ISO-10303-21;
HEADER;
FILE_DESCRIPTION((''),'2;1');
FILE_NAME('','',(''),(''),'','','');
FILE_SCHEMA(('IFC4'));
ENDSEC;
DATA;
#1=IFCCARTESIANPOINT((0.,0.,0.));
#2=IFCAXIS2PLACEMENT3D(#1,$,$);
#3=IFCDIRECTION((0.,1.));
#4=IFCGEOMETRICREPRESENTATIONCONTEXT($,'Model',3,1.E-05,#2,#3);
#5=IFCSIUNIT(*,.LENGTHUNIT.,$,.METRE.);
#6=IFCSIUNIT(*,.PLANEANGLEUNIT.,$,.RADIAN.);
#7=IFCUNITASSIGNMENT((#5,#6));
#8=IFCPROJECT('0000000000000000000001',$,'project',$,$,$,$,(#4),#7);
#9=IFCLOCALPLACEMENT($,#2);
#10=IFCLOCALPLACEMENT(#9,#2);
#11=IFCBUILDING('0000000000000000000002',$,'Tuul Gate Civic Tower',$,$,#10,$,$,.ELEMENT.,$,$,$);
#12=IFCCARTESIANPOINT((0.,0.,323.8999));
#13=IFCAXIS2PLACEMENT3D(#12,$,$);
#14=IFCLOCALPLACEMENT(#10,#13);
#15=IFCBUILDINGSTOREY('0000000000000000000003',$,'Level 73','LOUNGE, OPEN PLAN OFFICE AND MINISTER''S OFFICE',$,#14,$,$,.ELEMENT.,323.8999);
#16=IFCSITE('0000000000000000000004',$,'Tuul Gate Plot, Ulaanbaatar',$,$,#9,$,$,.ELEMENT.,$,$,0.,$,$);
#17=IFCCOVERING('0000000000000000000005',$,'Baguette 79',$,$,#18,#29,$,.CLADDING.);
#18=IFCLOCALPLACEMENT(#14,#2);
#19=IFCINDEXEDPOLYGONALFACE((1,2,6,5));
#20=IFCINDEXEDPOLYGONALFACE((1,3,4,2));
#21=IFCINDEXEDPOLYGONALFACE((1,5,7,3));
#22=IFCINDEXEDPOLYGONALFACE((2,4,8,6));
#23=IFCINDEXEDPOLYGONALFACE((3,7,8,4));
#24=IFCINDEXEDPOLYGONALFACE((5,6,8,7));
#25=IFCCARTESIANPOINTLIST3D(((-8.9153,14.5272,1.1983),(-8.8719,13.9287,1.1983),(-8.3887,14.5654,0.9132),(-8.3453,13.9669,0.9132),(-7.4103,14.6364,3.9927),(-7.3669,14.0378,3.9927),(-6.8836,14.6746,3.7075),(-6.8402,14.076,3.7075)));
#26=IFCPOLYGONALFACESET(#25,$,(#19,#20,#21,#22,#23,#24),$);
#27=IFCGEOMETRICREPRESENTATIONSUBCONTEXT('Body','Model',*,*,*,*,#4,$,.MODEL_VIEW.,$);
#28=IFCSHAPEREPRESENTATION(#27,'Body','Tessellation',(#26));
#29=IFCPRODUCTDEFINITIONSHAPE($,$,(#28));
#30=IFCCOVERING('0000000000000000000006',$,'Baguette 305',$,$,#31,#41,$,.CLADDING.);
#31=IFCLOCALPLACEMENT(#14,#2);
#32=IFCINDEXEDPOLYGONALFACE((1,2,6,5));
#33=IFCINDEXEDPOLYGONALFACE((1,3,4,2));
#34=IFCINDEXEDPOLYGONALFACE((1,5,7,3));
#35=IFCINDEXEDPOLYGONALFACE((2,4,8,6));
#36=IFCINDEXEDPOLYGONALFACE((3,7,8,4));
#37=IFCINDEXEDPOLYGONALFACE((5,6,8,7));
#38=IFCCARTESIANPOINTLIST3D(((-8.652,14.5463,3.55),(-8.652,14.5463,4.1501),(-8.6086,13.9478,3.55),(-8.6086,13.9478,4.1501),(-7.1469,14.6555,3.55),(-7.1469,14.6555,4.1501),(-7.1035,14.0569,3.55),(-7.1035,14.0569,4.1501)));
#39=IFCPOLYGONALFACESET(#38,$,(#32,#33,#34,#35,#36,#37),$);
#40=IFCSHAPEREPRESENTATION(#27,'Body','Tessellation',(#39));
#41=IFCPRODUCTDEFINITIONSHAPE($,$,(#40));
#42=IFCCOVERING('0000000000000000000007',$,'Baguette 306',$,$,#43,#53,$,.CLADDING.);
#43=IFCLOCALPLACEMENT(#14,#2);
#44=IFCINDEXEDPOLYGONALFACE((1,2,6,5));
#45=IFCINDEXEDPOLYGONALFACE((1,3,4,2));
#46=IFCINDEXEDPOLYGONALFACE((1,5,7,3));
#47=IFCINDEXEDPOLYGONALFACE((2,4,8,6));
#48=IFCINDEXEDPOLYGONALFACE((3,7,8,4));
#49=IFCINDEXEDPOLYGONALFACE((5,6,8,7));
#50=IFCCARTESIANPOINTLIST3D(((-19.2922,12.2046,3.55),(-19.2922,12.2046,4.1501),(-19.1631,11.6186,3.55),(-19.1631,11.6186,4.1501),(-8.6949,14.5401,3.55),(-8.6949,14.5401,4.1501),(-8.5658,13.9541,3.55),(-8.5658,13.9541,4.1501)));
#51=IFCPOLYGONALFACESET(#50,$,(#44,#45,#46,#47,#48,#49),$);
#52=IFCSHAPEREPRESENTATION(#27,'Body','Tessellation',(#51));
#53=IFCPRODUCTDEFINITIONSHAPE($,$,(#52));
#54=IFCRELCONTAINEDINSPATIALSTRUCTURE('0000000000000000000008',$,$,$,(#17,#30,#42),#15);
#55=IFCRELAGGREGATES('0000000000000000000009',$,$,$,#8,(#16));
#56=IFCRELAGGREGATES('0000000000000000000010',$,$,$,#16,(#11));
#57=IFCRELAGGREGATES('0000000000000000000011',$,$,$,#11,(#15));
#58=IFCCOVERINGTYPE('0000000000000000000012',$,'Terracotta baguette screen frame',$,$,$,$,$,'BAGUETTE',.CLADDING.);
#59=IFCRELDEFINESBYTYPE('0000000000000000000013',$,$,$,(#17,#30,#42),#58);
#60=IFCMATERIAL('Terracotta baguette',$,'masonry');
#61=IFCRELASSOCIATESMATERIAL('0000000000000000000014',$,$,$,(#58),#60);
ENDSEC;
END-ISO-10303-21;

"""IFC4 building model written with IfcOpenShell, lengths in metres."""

from ifc_helpers import new_model, si_unit, direction, frame, origin, origin_2d, place, context, subcontext, project, spatial, rectangle, extrude, material, material_profile, profile_set, type_object, element, save


model = new_model("IFC4")

# Units and contexts
model_context = context("Model", 3, precision=1e-05, world=origin(), true_north=direction((0.0, 1.0)))
body_context = subcontext(model_context, "Body", "Model", "MODEL_VIEW")
ifc_project = project(units=[si_unit("LENGTHUNIT", "METRE"), si_unit("PLANEANGLEUNIT", "RADIAN")], contexts=[model_context])

# Site, building, storey
site_placement = place(None, origin())
site = spatial("IfcSite", under=ifc_project, at=site_placement, Name="Tuul Gate Plot, Ulaanbaatar", CompositionType="ELEMENT", RefElevation=0.0)
building_placement = place(site_placement, origin())
building = spatial("IfcBuilding", under=site, at=building_placement, Name="Tuul Gate Civic Tower", CompositionType="ELEMENT")
storey_placement = place(building_placement, frame((0.0, 0.0, 323.8999)))
storey = spatial("IfcBuildingStorey", under=building, at=storey_placement, Name="Level 73", Description="LOUNGE, OPEN PLAN OFFICE AND MINISTER'S OFFICE", CompositionType="ELEMENT", Elevation=323.8999)

# Coverings
ifc_material_1 = material(Name="Terracotta baguette", Category="masonry")
ifc_material_profile_1 = material_profile(ifc_material_1, rectangle(XDim=0.6001, YDim=0.6001, at=origin_2d()), Name="Terracotta baguette screen frame")
ifc_profile_set_1 = profile_set([ifc_material_profile_1], Name="Terracotta baguette")
covering_type = type_object("IfcCoveringType", Name="Terracotta baguette screen frame", ElementType="BAGUETTE", PredefinedType="CLADDING", material=ifc_profile_set_1)
covering_1_placement = place(storey_placement, frame((-7.1252, 14.3562, 3.8501), z_axis=(-0.473925, -0.034362, -0.879894), x_axis=(0.072316, -0.997382, 0.0)))
element("IfcCovering", 1, at=covering_1_placement, inside=storey, type_object=covering_type, Name="Baguette 79", PredefinedType="CLADDING", context=body_context, shape_type="SweptSolid", body=[
    extrude(rectangle(XDim=0.6001, YDim=0.6001, at=origin_2d()), origin(), (0.0, 0.0, 1.0), 3.1758),
])
covering_2_placement = place(storey_placement, frame((-7.1252, 14.3562, 3.8501), z_axis=(-0.997382, -0.072316, 0.0), x_axis=(0.072316, -0.997382, 0.0)))
element("IfcCovering", 2, at=covering_2_placement, inside=storey, type_object=covering_type, Name="Baguette 305", PredefinedType="CLADDING", context=body_context, shape_type="SweptSolid", body=[
    extrude(rectangle(XDim=0.6001, YDim=0.6001, at=origin_2d()), origin(), (0.0, 0.0, 1.0), 1.509),
])
covering_3_placement = place(storey_placement, frame((-8.6304, 14.2471, 3.8501), z_axis=(-0.976566, -0.21522, 0.0), x_axis=(0.21522, -0.976566, 0.0)))
element("IfcCovering", 3, at=covering_3_placement, inside=storey, type_object=covering_type, Name="Baguette 306", PredefinedType="CLADDING", context=body_context, shape_type="SweptSolid", body=[
    extrude(rectangle(XDim=0.6001, YDim=0.6001, at=origin_2d()), origin(), (0.0, 0.0, 1.0), 10.8516),
])

save(model, "model.ifc")
